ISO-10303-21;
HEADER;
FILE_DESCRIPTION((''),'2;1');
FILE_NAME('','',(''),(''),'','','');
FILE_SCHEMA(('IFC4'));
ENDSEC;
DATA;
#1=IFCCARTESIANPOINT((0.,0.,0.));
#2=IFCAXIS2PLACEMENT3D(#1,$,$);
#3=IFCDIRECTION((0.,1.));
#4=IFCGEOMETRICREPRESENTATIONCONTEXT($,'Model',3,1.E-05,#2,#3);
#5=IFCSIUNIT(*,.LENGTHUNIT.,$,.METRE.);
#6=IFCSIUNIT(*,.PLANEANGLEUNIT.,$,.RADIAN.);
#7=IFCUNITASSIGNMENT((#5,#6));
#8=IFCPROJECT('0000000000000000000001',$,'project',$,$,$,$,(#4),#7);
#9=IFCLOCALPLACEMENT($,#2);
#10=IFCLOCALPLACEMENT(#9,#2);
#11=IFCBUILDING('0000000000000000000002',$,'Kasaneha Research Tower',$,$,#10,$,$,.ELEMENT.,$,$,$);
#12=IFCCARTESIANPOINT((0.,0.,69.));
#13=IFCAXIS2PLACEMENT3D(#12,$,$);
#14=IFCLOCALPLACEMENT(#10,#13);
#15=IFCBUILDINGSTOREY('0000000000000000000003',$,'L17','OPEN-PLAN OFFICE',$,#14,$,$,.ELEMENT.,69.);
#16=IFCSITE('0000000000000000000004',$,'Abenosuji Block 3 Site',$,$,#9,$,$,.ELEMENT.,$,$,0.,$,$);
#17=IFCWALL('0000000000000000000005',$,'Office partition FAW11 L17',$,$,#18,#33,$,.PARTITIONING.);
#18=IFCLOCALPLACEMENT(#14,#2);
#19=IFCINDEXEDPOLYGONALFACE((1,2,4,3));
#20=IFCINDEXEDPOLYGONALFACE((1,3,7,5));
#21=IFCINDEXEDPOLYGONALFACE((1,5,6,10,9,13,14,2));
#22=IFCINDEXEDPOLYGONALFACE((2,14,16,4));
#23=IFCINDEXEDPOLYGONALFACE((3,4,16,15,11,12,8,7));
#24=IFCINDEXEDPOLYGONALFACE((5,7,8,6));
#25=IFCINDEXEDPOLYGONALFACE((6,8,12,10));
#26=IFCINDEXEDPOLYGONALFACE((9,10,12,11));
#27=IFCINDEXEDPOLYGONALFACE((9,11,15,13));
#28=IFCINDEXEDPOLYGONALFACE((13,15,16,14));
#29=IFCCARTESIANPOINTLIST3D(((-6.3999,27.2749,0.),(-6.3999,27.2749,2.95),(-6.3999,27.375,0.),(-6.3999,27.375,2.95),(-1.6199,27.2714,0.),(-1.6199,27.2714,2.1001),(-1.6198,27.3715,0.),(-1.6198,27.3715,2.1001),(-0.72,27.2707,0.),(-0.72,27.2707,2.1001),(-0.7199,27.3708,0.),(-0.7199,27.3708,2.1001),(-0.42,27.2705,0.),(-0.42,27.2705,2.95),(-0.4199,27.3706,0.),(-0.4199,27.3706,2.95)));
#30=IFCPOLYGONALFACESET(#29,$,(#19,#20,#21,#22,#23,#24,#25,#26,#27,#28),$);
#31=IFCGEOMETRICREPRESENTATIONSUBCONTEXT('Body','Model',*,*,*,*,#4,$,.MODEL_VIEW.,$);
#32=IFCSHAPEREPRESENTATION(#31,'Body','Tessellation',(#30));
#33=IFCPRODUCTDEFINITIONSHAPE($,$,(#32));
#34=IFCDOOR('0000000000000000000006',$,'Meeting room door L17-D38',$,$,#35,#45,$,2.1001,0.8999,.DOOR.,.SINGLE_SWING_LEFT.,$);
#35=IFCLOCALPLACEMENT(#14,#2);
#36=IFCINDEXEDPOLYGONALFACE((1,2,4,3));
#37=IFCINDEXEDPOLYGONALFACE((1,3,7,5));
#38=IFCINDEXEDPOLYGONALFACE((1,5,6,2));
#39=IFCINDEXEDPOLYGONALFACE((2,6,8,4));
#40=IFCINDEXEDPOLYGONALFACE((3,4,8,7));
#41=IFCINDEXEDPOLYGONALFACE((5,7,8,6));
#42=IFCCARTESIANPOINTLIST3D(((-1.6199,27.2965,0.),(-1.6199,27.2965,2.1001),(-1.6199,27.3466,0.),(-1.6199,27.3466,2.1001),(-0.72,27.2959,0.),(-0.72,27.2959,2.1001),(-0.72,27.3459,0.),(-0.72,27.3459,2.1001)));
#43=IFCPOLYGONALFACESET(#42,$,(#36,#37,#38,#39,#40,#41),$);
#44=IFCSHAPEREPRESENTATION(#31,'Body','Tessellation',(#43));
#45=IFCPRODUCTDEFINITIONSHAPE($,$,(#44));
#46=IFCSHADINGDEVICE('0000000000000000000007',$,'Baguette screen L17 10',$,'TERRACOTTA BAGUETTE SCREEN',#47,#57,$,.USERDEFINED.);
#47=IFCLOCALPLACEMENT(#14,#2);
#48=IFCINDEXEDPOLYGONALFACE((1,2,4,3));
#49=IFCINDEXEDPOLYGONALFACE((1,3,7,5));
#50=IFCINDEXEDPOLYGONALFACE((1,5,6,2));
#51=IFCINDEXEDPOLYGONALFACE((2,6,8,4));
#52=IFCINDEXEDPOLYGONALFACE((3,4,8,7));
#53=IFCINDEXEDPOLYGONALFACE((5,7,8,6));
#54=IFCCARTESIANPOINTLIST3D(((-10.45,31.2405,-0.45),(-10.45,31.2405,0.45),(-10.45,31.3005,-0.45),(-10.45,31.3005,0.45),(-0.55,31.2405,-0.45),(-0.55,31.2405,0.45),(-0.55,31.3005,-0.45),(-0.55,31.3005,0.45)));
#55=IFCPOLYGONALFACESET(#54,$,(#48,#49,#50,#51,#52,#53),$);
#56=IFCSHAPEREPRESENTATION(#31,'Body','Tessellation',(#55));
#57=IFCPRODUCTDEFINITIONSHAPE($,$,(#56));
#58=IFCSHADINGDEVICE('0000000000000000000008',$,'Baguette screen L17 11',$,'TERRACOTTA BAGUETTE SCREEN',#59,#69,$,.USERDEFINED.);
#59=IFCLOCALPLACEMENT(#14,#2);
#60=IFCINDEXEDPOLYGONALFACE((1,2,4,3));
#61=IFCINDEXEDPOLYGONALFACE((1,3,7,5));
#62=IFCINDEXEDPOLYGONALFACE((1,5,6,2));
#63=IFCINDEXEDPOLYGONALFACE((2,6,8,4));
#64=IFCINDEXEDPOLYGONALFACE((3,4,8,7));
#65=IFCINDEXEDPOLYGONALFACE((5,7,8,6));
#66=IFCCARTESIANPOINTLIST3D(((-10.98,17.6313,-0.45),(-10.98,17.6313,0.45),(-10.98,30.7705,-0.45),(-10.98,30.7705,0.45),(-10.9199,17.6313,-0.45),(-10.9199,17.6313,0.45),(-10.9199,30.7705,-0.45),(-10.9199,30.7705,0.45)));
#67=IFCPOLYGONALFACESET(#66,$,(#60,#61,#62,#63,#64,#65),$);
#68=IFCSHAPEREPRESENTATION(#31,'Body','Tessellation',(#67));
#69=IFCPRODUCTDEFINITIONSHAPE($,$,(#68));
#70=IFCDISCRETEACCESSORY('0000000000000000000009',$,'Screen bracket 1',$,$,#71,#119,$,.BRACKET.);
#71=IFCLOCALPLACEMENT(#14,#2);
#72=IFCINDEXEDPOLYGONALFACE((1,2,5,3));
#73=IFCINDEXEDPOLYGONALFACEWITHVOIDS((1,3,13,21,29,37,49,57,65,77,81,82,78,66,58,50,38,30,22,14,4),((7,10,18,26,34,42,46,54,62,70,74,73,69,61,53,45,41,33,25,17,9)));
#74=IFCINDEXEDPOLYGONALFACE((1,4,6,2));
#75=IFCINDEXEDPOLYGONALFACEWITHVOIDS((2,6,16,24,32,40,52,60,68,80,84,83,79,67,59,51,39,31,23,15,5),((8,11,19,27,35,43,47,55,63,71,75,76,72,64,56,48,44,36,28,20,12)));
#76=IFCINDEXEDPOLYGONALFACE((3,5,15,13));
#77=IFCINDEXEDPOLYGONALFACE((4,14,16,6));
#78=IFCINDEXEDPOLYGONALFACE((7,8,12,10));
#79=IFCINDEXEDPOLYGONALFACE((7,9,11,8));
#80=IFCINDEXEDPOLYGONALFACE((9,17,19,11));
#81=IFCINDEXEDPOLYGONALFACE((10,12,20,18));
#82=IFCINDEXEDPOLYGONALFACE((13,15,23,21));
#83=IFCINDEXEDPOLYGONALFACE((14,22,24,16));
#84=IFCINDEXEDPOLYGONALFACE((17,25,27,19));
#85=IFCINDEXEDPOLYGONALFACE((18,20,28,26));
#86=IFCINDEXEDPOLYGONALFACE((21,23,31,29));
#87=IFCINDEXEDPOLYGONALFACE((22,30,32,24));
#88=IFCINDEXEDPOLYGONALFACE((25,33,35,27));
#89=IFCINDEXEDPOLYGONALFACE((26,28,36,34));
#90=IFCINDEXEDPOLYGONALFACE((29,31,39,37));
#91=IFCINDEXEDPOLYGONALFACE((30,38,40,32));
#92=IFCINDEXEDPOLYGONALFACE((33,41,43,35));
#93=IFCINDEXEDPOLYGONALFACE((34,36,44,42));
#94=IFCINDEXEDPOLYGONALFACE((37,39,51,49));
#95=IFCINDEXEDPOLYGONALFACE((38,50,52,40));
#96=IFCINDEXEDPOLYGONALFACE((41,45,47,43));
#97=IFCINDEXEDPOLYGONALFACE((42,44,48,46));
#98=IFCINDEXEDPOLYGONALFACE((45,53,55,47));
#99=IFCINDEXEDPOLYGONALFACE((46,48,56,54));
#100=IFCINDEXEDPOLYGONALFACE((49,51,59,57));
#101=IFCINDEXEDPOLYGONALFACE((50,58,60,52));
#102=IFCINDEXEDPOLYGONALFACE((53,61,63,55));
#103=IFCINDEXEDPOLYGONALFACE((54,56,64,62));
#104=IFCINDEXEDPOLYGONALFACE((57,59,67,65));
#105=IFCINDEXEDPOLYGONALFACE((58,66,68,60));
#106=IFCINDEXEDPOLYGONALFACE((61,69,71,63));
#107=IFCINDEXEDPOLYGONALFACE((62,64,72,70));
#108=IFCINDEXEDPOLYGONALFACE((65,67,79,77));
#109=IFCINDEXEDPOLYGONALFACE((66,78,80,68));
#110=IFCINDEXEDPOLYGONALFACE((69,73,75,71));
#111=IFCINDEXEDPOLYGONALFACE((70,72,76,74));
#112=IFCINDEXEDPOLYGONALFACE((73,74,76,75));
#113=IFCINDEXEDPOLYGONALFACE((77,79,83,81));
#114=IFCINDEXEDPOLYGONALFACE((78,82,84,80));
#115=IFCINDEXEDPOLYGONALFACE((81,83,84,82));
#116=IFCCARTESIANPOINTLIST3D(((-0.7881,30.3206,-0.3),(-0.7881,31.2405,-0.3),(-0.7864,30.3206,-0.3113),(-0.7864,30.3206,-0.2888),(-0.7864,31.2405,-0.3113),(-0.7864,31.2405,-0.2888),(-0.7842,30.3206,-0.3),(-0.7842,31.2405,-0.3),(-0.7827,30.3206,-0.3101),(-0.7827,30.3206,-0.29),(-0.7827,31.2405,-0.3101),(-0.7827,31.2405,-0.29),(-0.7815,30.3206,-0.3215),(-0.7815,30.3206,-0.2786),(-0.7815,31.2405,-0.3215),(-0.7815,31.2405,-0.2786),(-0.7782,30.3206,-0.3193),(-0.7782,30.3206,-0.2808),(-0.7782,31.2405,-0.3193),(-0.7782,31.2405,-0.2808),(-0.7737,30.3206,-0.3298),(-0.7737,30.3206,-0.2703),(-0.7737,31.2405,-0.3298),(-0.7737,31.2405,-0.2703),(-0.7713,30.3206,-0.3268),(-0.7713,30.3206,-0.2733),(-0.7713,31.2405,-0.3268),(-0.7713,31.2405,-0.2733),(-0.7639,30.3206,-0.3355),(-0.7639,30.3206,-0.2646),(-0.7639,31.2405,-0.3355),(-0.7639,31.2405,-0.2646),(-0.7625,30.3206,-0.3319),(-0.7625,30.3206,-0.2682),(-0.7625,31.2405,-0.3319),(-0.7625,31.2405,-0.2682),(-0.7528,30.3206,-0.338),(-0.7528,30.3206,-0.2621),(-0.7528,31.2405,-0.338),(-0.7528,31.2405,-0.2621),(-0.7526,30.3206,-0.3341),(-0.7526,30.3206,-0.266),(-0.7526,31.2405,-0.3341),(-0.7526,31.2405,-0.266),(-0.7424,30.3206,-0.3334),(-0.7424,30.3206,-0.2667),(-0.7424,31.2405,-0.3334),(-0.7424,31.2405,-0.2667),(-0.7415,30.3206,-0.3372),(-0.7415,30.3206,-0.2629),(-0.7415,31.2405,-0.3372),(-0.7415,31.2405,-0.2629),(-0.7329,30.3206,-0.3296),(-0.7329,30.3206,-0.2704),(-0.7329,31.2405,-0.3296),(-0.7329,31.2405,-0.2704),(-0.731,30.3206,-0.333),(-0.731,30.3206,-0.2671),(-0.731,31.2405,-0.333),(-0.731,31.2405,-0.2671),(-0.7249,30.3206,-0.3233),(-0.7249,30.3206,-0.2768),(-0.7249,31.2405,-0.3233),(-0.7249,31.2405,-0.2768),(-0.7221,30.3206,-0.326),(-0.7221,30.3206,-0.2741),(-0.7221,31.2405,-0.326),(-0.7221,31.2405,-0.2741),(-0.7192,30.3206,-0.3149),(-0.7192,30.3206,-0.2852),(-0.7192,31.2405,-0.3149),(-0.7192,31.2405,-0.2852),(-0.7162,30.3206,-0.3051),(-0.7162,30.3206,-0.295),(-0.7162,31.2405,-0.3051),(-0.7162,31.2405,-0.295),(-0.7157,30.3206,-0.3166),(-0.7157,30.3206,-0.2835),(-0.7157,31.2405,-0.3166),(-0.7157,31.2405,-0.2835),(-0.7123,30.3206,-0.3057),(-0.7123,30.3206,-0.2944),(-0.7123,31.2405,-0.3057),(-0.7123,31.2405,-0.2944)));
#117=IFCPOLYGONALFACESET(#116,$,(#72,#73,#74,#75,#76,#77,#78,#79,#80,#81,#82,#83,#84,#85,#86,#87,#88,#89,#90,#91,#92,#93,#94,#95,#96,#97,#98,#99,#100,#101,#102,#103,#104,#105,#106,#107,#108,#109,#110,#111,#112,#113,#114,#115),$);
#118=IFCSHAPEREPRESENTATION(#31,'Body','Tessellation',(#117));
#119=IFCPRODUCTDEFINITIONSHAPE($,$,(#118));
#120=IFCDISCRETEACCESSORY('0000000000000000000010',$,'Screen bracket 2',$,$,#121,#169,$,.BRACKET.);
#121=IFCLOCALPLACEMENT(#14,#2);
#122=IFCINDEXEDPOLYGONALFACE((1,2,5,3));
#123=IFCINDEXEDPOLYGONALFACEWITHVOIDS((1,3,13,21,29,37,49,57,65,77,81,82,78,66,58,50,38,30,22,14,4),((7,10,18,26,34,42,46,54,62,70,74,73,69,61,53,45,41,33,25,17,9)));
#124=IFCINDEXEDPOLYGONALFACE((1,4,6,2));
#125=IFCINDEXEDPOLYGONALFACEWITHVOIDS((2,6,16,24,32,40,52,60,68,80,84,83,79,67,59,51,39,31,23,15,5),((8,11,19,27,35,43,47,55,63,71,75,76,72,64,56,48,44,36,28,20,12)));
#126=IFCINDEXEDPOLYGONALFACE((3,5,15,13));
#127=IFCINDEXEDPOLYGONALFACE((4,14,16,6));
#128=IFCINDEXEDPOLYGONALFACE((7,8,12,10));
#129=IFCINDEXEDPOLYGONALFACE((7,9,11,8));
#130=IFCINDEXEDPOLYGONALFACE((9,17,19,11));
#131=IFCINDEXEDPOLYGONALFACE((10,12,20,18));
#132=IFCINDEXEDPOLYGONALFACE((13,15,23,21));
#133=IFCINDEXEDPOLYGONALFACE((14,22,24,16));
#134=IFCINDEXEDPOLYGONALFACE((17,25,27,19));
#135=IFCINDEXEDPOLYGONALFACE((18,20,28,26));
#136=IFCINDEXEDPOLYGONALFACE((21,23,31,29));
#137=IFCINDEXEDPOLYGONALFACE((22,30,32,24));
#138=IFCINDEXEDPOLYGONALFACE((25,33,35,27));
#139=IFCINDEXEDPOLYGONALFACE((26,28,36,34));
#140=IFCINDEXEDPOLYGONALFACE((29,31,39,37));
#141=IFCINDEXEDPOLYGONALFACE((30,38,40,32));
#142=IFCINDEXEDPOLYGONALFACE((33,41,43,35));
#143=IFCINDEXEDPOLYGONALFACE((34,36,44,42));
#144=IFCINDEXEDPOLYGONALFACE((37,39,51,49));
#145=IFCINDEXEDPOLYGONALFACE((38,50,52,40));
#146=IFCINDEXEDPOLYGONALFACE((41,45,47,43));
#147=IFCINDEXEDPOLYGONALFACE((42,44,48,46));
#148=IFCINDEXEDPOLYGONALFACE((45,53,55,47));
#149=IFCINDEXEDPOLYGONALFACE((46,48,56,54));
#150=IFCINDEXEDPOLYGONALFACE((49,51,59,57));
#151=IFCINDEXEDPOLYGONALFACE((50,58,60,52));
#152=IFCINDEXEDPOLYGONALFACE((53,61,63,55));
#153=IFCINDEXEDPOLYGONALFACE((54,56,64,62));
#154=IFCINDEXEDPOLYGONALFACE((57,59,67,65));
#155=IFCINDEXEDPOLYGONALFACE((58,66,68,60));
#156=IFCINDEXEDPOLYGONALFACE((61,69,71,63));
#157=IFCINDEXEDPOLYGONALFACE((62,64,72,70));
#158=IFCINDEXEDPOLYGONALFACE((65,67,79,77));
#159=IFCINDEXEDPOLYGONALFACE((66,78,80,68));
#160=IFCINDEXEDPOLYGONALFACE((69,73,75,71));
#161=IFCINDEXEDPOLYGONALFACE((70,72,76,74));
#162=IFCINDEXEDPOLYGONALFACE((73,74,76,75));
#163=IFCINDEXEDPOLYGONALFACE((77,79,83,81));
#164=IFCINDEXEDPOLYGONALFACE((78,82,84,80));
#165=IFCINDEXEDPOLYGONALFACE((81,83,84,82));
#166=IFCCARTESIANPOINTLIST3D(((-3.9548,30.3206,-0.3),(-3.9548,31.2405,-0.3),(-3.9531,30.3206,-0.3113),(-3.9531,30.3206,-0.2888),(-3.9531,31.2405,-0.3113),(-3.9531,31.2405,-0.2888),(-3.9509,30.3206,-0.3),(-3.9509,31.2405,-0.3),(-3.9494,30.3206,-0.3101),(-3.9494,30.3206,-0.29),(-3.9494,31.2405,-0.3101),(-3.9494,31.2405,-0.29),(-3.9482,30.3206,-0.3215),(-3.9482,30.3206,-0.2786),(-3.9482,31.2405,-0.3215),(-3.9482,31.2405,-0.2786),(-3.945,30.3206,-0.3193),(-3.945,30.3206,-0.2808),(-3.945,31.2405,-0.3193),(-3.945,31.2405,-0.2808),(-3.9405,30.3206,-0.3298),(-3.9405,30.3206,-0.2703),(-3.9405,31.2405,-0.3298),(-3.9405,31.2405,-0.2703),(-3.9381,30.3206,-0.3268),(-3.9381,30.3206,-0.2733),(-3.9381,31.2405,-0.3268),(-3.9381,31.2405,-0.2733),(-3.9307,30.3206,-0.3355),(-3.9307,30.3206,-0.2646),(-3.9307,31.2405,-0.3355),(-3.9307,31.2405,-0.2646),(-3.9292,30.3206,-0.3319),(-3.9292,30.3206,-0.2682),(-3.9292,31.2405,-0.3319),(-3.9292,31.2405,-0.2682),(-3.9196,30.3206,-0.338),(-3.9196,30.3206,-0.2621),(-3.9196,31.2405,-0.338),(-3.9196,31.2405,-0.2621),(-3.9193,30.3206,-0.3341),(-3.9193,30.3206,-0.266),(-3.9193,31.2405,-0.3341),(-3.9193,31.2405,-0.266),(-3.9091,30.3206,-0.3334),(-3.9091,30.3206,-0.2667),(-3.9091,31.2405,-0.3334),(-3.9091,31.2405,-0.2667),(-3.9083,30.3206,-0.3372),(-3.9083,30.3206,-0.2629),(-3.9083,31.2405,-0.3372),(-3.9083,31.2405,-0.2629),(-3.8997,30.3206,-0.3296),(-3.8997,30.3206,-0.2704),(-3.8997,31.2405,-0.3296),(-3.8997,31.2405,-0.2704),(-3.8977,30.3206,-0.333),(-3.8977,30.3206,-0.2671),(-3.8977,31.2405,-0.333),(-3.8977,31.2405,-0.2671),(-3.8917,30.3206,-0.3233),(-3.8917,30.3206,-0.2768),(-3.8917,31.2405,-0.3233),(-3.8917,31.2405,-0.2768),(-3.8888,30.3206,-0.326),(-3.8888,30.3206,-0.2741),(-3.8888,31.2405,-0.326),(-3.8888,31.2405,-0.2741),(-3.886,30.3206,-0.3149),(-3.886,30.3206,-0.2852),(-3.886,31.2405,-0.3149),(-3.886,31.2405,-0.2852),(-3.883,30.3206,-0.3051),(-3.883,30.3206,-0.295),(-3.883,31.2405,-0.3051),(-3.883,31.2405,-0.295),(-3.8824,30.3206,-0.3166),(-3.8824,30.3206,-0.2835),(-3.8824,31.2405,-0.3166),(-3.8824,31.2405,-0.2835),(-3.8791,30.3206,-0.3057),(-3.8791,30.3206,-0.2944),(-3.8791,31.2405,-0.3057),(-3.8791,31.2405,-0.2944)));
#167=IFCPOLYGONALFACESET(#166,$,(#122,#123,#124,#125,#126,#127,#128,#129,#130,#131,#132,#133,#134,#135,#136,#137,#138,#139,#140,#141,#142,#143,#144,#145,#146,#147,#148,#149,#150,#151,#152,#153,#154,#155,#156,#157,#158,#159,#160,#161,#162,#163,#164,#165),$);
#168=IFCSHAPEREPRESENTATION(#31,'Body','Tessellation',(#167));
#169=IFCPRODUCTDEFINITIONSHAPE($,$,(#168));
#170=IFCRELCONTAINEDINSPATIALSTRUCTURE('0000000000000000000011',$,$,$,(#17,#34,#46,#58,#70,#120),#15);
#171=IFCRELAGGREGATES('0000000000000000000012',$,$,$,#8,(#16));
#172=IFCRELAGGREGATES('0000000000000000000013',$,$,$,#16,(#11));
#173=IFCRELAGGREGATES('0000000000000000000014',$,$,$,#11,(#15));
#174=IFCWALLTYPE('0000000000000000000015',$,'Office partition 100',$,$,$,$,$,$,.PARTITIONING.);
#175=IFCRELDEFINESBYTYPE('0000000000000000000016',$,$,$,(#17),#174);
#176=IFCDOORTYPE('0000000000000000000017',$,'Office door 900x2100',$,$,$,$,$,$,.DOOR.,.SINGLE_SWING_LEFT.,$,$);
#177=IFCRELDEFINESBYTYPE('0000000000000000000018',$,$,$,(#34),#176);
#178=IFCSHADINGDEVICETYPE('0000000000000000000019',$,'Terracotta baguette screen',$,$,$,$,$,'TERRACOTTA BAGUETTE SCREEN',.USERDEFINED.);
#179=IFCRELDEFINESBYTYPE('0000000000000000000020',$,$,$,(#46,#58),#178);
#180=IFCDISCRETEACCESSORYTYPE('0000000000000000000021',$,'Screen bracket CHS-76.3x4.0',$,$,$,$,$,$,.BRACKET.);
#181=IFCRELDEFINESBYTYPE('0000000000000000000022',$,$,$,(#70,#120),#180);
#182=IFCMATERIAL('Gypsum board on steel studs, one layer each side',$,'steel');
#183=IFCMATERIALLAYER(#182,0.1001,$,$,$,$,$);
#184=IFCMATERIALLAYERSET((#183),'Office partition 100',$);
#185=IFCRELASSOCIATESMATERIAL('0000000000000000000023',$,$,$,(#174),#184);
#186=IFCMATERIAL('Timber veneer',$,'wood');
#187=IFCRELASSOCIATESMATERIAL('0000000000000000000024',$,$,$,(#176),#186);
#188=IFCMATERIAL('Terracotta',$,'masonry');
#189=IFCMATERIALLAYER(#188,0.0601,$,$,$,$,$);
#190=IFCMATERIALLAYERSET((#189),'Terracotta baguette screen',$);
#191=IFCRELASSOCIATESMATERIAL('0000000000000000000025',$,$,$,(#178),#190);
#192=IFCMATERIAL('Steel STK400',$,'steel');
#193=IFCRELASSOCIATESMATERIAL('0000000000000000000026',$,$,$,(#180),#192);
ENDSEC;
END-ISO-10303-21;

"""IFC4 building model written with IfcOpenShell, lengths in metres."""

from ifc_helpers import new_model, si_unit, direction, frame, frame_2d, origin, origin_2d, place, context, subcontext, project, spatial, rectangle, hollow_circle, extrude, material, layer, layer_set, material_profile, profile_set, type_object, element, fill, save


model = new_model("IFC4")

# Units and contexts
model_context = context("Model", 3, precision=1e-05, world=origin(), true_north=direction((0.0, 1.0)))
body_context = subcontext(model_context, "Body", "Model", "MODEL_VIEW")
ifc_project = project(units=[si_unit("LENGTHUNIT", "METRE"), si_unit("PLANEANGLEUNIT", "RADIAN")], contexts=[model_context])

# Site, building, storey
site_placement = place(None, origin())
site = spatial("IfcSite", under=ifc_project, at=site_placement, Name="Abenosuji Block 3 Site", CompositionType="ELEMENT", RefElevation=0.0)
building_placement = place(site_placement, origin())
building = spatial("IfcBuilding", under=site, at=building_placement, Name="Kasaneha Research Tower", CompositionType="ELEMENT")
storey_placement = place(building_placement, frame((0.0, 0.0, 69.0)))
storey = spatial("IfcBuildingStorey", under=building, at=storey_placement, Name="L17", Description="OPEN-PLAN OFFICE", CompositionType="ELEMENT", Elevation=69.0)

# Shared definitions
ifc_material_1 = material(Name="Gypsum board on steel studs, one layer each side", Category="steel")
ifc_layer_1 = layer(ifc_material_1, 0.1001)
ifc_layer_set_1 = layer_set([ifc_layer_1], Name="Office partition 100")
wall_type = type_object("IfcWallType", Name="Office partition 100", PredefinedType="PARTITIONING", material=ifc_layer_set_1)

# Wall, opening, door
ifc_material_2 = material(Name="Timber veneer", Category="wood")
door_type = type_object("IfcDoorType", Name="Office door 900x2100", OperationType="SINGLE_SWING_LEFT", PredefinedType="DOOR", material=ifc_material_2)
wall_1_placement = place(storey_placement, frame((-0.4199, 27.3206, 0.0), z_axis=(0.0, 0.0, 1.0), x_axis=(-1.0, 0.000735, 0.0)))
wall_1 = element("IfcWall", 1, at=wall_1_placement, inside=storey, type_object=wall_type, Name="Office partition FAW11 L17", PredefinedType="PARTITIONING", context=body_context, shape_type="SweptSolid", body=[
    extrude(rectangle(XDim=5.98, YDim=0.1001, at=frame_2d((2.99, 0.0))), origin(), (0.0, 0.0, 1.0), 2.95),
])
opening_1_placement = place(wall_1_placement, frame((0.3, 0.0, 0.0)))
opening_1 = element("IfcOpeningElement", 2, at=opening_1_placement, cuts=wall_1, PredefinedType="OPENING", context=body_context, shape_type="SweptSolid", body=[
    extrude(rectangle(XDim=0.8999, YDim=2.1001, at=frame_2d((0.45, 1.05))), frame((0.0, 0.0601, 0.0), z_axis=(0.0, -1.0, 0.0), x_axis=(1.0, 0.0, 0.0)), (0.0, 0.0, 1.0), 0.1201),
])
door_1_placement = place(opening_1_placement, origin())
door_1 = element("IfcDoor", 3, at=door_1_placement, inside=storey, type_object=door_type, Name="Meeting room door L17-D38", OperationType="SINGLE_SWING_LEFT", OverallHeight=2.1001, OverallWidth=0.8999, PredefinedType="DOOR", context=body_context, shape_type="SweptSolid", body=[
    extrude(rectangle(XDim=0.8999, YDim=2.1001, at=frame_2d((0.45, 1.05))), frame((0.0, 0.0249, 0.0), z_axis=(0.0, -1.0, 0.0), x_axis=(1.0, 0.0, 0.0)), (0.0, 0.0, 1.0), 0.05),
])
fill(opening_1, door_1)

# Shading devices
ifc_material_3 = material(Name="Terracotta", Category="masonry")
ifc_layer_2 = layer(ifc_material_3, 0.0601)
ifc_layer_set_2 = layer_set([ifc_layer_2], Name="Terracotta baguette screen")
shading_device_type = type_object("IfcShadingDeviceType", Name="Terracotta baguette screen", ElementType="TERRACOTTA BAGUETTE SCREEN", PredefinedType="USERDEFINED", material=ifc_layer_set_2)
shading_device_1_placement = place(storey_placement, frame((-5.5, 31.2705, -0.45), z_axis=(0.0, 0.0, 1.0), x_axis=(-1.0, 0.0, 0.0)))
element("IfcShadingDevice", 4, at=shading_device_1_placement, inside=storey, type_object=shading_device_type, Name="Baguette screen L17 10", ObjectType="TERRACOTTA BAGUETTE SCREEN", PredefinedType="USERDEFINED", context=body_context, shape_type="SweptSolid", body=[
    extrude(rectangle(XDim=9.8999, YDim=0.0601, at=origin_2d()), origin(), (0.0, 0.0, 1.0), 0.8999),
])
shading_device_2_placement = place(storey_placement, frame((-10.95, 24.2009, -0.45), z_axis=(0.0, 0.0, 1.0), x_axis=(0.0, -1.0, 0.0)))
element("IfcShadingDevice", 5, at=shading_device_2_placement, inside=storey, type_object=shading_device_type, Name="Baguette screen L17 11", ObjectType="TERRACOTTA BAGUETTE SCREEN", PredefinedType="USERDEFINED", context=body_context, shape_type="SweptSolid", body=[
    extrude(rectangle(XDim=13.1392, YDim=0.0601, at=origin_2d()), origin(), (0.0, 0.0, 1.0), 0.8999),
])

# Discrete accessories
ifc_material_4 = material(Name="Steel STK400", Category="steel")
ifc_material_profile_1 = material_profile(ifc_material_4, hollow_circle(Radius=0.0381, WallThickness=0.0039, at=origin_2d()), Name="CHS-76.3x4.0")
ifc_profile_set_1 = profile_set([ifc_material_profile_1], Name="Steel STK400")
discrete_accessory_type = type_object("IfcDiscreteAccessoryType", Name="Screen bracket CHS-76.3x4.0", PredefinedType="BRACKET", material=ifc_profile_set_1)
for number, where, z_axis, x_axis, name in (
    (6, (-0.75, 30.3206, -0.3), (0.0, 1.0, 0.0), (-1.0, 0.0, 0.0), "Screen bracket 1"),
    (7, (-3.9167, 30.3206, -0.3), (0.0, 1.0, 0.0), (-1.0, 0.0, 0.0), "Screen bracket 2"),
):
    element("IfcDiscreteAccessory", number, at=place(storey_placement, frame(where, z_axis=z_axis, x_axis=x_axis)), inside=storey, type_object=discrete_accessory_type, Name=name, PredefinedType="BRACKET", context=body_context, shape_type="SweptSolid", body=[
        extrude(hollow_circle(Radius=0.0381, WallThickness=0.0039, at=origin_2d()), origin(), (0.0, 0.0, 1.0), 0.9199),
    ])

save(model, "model.ifc")
